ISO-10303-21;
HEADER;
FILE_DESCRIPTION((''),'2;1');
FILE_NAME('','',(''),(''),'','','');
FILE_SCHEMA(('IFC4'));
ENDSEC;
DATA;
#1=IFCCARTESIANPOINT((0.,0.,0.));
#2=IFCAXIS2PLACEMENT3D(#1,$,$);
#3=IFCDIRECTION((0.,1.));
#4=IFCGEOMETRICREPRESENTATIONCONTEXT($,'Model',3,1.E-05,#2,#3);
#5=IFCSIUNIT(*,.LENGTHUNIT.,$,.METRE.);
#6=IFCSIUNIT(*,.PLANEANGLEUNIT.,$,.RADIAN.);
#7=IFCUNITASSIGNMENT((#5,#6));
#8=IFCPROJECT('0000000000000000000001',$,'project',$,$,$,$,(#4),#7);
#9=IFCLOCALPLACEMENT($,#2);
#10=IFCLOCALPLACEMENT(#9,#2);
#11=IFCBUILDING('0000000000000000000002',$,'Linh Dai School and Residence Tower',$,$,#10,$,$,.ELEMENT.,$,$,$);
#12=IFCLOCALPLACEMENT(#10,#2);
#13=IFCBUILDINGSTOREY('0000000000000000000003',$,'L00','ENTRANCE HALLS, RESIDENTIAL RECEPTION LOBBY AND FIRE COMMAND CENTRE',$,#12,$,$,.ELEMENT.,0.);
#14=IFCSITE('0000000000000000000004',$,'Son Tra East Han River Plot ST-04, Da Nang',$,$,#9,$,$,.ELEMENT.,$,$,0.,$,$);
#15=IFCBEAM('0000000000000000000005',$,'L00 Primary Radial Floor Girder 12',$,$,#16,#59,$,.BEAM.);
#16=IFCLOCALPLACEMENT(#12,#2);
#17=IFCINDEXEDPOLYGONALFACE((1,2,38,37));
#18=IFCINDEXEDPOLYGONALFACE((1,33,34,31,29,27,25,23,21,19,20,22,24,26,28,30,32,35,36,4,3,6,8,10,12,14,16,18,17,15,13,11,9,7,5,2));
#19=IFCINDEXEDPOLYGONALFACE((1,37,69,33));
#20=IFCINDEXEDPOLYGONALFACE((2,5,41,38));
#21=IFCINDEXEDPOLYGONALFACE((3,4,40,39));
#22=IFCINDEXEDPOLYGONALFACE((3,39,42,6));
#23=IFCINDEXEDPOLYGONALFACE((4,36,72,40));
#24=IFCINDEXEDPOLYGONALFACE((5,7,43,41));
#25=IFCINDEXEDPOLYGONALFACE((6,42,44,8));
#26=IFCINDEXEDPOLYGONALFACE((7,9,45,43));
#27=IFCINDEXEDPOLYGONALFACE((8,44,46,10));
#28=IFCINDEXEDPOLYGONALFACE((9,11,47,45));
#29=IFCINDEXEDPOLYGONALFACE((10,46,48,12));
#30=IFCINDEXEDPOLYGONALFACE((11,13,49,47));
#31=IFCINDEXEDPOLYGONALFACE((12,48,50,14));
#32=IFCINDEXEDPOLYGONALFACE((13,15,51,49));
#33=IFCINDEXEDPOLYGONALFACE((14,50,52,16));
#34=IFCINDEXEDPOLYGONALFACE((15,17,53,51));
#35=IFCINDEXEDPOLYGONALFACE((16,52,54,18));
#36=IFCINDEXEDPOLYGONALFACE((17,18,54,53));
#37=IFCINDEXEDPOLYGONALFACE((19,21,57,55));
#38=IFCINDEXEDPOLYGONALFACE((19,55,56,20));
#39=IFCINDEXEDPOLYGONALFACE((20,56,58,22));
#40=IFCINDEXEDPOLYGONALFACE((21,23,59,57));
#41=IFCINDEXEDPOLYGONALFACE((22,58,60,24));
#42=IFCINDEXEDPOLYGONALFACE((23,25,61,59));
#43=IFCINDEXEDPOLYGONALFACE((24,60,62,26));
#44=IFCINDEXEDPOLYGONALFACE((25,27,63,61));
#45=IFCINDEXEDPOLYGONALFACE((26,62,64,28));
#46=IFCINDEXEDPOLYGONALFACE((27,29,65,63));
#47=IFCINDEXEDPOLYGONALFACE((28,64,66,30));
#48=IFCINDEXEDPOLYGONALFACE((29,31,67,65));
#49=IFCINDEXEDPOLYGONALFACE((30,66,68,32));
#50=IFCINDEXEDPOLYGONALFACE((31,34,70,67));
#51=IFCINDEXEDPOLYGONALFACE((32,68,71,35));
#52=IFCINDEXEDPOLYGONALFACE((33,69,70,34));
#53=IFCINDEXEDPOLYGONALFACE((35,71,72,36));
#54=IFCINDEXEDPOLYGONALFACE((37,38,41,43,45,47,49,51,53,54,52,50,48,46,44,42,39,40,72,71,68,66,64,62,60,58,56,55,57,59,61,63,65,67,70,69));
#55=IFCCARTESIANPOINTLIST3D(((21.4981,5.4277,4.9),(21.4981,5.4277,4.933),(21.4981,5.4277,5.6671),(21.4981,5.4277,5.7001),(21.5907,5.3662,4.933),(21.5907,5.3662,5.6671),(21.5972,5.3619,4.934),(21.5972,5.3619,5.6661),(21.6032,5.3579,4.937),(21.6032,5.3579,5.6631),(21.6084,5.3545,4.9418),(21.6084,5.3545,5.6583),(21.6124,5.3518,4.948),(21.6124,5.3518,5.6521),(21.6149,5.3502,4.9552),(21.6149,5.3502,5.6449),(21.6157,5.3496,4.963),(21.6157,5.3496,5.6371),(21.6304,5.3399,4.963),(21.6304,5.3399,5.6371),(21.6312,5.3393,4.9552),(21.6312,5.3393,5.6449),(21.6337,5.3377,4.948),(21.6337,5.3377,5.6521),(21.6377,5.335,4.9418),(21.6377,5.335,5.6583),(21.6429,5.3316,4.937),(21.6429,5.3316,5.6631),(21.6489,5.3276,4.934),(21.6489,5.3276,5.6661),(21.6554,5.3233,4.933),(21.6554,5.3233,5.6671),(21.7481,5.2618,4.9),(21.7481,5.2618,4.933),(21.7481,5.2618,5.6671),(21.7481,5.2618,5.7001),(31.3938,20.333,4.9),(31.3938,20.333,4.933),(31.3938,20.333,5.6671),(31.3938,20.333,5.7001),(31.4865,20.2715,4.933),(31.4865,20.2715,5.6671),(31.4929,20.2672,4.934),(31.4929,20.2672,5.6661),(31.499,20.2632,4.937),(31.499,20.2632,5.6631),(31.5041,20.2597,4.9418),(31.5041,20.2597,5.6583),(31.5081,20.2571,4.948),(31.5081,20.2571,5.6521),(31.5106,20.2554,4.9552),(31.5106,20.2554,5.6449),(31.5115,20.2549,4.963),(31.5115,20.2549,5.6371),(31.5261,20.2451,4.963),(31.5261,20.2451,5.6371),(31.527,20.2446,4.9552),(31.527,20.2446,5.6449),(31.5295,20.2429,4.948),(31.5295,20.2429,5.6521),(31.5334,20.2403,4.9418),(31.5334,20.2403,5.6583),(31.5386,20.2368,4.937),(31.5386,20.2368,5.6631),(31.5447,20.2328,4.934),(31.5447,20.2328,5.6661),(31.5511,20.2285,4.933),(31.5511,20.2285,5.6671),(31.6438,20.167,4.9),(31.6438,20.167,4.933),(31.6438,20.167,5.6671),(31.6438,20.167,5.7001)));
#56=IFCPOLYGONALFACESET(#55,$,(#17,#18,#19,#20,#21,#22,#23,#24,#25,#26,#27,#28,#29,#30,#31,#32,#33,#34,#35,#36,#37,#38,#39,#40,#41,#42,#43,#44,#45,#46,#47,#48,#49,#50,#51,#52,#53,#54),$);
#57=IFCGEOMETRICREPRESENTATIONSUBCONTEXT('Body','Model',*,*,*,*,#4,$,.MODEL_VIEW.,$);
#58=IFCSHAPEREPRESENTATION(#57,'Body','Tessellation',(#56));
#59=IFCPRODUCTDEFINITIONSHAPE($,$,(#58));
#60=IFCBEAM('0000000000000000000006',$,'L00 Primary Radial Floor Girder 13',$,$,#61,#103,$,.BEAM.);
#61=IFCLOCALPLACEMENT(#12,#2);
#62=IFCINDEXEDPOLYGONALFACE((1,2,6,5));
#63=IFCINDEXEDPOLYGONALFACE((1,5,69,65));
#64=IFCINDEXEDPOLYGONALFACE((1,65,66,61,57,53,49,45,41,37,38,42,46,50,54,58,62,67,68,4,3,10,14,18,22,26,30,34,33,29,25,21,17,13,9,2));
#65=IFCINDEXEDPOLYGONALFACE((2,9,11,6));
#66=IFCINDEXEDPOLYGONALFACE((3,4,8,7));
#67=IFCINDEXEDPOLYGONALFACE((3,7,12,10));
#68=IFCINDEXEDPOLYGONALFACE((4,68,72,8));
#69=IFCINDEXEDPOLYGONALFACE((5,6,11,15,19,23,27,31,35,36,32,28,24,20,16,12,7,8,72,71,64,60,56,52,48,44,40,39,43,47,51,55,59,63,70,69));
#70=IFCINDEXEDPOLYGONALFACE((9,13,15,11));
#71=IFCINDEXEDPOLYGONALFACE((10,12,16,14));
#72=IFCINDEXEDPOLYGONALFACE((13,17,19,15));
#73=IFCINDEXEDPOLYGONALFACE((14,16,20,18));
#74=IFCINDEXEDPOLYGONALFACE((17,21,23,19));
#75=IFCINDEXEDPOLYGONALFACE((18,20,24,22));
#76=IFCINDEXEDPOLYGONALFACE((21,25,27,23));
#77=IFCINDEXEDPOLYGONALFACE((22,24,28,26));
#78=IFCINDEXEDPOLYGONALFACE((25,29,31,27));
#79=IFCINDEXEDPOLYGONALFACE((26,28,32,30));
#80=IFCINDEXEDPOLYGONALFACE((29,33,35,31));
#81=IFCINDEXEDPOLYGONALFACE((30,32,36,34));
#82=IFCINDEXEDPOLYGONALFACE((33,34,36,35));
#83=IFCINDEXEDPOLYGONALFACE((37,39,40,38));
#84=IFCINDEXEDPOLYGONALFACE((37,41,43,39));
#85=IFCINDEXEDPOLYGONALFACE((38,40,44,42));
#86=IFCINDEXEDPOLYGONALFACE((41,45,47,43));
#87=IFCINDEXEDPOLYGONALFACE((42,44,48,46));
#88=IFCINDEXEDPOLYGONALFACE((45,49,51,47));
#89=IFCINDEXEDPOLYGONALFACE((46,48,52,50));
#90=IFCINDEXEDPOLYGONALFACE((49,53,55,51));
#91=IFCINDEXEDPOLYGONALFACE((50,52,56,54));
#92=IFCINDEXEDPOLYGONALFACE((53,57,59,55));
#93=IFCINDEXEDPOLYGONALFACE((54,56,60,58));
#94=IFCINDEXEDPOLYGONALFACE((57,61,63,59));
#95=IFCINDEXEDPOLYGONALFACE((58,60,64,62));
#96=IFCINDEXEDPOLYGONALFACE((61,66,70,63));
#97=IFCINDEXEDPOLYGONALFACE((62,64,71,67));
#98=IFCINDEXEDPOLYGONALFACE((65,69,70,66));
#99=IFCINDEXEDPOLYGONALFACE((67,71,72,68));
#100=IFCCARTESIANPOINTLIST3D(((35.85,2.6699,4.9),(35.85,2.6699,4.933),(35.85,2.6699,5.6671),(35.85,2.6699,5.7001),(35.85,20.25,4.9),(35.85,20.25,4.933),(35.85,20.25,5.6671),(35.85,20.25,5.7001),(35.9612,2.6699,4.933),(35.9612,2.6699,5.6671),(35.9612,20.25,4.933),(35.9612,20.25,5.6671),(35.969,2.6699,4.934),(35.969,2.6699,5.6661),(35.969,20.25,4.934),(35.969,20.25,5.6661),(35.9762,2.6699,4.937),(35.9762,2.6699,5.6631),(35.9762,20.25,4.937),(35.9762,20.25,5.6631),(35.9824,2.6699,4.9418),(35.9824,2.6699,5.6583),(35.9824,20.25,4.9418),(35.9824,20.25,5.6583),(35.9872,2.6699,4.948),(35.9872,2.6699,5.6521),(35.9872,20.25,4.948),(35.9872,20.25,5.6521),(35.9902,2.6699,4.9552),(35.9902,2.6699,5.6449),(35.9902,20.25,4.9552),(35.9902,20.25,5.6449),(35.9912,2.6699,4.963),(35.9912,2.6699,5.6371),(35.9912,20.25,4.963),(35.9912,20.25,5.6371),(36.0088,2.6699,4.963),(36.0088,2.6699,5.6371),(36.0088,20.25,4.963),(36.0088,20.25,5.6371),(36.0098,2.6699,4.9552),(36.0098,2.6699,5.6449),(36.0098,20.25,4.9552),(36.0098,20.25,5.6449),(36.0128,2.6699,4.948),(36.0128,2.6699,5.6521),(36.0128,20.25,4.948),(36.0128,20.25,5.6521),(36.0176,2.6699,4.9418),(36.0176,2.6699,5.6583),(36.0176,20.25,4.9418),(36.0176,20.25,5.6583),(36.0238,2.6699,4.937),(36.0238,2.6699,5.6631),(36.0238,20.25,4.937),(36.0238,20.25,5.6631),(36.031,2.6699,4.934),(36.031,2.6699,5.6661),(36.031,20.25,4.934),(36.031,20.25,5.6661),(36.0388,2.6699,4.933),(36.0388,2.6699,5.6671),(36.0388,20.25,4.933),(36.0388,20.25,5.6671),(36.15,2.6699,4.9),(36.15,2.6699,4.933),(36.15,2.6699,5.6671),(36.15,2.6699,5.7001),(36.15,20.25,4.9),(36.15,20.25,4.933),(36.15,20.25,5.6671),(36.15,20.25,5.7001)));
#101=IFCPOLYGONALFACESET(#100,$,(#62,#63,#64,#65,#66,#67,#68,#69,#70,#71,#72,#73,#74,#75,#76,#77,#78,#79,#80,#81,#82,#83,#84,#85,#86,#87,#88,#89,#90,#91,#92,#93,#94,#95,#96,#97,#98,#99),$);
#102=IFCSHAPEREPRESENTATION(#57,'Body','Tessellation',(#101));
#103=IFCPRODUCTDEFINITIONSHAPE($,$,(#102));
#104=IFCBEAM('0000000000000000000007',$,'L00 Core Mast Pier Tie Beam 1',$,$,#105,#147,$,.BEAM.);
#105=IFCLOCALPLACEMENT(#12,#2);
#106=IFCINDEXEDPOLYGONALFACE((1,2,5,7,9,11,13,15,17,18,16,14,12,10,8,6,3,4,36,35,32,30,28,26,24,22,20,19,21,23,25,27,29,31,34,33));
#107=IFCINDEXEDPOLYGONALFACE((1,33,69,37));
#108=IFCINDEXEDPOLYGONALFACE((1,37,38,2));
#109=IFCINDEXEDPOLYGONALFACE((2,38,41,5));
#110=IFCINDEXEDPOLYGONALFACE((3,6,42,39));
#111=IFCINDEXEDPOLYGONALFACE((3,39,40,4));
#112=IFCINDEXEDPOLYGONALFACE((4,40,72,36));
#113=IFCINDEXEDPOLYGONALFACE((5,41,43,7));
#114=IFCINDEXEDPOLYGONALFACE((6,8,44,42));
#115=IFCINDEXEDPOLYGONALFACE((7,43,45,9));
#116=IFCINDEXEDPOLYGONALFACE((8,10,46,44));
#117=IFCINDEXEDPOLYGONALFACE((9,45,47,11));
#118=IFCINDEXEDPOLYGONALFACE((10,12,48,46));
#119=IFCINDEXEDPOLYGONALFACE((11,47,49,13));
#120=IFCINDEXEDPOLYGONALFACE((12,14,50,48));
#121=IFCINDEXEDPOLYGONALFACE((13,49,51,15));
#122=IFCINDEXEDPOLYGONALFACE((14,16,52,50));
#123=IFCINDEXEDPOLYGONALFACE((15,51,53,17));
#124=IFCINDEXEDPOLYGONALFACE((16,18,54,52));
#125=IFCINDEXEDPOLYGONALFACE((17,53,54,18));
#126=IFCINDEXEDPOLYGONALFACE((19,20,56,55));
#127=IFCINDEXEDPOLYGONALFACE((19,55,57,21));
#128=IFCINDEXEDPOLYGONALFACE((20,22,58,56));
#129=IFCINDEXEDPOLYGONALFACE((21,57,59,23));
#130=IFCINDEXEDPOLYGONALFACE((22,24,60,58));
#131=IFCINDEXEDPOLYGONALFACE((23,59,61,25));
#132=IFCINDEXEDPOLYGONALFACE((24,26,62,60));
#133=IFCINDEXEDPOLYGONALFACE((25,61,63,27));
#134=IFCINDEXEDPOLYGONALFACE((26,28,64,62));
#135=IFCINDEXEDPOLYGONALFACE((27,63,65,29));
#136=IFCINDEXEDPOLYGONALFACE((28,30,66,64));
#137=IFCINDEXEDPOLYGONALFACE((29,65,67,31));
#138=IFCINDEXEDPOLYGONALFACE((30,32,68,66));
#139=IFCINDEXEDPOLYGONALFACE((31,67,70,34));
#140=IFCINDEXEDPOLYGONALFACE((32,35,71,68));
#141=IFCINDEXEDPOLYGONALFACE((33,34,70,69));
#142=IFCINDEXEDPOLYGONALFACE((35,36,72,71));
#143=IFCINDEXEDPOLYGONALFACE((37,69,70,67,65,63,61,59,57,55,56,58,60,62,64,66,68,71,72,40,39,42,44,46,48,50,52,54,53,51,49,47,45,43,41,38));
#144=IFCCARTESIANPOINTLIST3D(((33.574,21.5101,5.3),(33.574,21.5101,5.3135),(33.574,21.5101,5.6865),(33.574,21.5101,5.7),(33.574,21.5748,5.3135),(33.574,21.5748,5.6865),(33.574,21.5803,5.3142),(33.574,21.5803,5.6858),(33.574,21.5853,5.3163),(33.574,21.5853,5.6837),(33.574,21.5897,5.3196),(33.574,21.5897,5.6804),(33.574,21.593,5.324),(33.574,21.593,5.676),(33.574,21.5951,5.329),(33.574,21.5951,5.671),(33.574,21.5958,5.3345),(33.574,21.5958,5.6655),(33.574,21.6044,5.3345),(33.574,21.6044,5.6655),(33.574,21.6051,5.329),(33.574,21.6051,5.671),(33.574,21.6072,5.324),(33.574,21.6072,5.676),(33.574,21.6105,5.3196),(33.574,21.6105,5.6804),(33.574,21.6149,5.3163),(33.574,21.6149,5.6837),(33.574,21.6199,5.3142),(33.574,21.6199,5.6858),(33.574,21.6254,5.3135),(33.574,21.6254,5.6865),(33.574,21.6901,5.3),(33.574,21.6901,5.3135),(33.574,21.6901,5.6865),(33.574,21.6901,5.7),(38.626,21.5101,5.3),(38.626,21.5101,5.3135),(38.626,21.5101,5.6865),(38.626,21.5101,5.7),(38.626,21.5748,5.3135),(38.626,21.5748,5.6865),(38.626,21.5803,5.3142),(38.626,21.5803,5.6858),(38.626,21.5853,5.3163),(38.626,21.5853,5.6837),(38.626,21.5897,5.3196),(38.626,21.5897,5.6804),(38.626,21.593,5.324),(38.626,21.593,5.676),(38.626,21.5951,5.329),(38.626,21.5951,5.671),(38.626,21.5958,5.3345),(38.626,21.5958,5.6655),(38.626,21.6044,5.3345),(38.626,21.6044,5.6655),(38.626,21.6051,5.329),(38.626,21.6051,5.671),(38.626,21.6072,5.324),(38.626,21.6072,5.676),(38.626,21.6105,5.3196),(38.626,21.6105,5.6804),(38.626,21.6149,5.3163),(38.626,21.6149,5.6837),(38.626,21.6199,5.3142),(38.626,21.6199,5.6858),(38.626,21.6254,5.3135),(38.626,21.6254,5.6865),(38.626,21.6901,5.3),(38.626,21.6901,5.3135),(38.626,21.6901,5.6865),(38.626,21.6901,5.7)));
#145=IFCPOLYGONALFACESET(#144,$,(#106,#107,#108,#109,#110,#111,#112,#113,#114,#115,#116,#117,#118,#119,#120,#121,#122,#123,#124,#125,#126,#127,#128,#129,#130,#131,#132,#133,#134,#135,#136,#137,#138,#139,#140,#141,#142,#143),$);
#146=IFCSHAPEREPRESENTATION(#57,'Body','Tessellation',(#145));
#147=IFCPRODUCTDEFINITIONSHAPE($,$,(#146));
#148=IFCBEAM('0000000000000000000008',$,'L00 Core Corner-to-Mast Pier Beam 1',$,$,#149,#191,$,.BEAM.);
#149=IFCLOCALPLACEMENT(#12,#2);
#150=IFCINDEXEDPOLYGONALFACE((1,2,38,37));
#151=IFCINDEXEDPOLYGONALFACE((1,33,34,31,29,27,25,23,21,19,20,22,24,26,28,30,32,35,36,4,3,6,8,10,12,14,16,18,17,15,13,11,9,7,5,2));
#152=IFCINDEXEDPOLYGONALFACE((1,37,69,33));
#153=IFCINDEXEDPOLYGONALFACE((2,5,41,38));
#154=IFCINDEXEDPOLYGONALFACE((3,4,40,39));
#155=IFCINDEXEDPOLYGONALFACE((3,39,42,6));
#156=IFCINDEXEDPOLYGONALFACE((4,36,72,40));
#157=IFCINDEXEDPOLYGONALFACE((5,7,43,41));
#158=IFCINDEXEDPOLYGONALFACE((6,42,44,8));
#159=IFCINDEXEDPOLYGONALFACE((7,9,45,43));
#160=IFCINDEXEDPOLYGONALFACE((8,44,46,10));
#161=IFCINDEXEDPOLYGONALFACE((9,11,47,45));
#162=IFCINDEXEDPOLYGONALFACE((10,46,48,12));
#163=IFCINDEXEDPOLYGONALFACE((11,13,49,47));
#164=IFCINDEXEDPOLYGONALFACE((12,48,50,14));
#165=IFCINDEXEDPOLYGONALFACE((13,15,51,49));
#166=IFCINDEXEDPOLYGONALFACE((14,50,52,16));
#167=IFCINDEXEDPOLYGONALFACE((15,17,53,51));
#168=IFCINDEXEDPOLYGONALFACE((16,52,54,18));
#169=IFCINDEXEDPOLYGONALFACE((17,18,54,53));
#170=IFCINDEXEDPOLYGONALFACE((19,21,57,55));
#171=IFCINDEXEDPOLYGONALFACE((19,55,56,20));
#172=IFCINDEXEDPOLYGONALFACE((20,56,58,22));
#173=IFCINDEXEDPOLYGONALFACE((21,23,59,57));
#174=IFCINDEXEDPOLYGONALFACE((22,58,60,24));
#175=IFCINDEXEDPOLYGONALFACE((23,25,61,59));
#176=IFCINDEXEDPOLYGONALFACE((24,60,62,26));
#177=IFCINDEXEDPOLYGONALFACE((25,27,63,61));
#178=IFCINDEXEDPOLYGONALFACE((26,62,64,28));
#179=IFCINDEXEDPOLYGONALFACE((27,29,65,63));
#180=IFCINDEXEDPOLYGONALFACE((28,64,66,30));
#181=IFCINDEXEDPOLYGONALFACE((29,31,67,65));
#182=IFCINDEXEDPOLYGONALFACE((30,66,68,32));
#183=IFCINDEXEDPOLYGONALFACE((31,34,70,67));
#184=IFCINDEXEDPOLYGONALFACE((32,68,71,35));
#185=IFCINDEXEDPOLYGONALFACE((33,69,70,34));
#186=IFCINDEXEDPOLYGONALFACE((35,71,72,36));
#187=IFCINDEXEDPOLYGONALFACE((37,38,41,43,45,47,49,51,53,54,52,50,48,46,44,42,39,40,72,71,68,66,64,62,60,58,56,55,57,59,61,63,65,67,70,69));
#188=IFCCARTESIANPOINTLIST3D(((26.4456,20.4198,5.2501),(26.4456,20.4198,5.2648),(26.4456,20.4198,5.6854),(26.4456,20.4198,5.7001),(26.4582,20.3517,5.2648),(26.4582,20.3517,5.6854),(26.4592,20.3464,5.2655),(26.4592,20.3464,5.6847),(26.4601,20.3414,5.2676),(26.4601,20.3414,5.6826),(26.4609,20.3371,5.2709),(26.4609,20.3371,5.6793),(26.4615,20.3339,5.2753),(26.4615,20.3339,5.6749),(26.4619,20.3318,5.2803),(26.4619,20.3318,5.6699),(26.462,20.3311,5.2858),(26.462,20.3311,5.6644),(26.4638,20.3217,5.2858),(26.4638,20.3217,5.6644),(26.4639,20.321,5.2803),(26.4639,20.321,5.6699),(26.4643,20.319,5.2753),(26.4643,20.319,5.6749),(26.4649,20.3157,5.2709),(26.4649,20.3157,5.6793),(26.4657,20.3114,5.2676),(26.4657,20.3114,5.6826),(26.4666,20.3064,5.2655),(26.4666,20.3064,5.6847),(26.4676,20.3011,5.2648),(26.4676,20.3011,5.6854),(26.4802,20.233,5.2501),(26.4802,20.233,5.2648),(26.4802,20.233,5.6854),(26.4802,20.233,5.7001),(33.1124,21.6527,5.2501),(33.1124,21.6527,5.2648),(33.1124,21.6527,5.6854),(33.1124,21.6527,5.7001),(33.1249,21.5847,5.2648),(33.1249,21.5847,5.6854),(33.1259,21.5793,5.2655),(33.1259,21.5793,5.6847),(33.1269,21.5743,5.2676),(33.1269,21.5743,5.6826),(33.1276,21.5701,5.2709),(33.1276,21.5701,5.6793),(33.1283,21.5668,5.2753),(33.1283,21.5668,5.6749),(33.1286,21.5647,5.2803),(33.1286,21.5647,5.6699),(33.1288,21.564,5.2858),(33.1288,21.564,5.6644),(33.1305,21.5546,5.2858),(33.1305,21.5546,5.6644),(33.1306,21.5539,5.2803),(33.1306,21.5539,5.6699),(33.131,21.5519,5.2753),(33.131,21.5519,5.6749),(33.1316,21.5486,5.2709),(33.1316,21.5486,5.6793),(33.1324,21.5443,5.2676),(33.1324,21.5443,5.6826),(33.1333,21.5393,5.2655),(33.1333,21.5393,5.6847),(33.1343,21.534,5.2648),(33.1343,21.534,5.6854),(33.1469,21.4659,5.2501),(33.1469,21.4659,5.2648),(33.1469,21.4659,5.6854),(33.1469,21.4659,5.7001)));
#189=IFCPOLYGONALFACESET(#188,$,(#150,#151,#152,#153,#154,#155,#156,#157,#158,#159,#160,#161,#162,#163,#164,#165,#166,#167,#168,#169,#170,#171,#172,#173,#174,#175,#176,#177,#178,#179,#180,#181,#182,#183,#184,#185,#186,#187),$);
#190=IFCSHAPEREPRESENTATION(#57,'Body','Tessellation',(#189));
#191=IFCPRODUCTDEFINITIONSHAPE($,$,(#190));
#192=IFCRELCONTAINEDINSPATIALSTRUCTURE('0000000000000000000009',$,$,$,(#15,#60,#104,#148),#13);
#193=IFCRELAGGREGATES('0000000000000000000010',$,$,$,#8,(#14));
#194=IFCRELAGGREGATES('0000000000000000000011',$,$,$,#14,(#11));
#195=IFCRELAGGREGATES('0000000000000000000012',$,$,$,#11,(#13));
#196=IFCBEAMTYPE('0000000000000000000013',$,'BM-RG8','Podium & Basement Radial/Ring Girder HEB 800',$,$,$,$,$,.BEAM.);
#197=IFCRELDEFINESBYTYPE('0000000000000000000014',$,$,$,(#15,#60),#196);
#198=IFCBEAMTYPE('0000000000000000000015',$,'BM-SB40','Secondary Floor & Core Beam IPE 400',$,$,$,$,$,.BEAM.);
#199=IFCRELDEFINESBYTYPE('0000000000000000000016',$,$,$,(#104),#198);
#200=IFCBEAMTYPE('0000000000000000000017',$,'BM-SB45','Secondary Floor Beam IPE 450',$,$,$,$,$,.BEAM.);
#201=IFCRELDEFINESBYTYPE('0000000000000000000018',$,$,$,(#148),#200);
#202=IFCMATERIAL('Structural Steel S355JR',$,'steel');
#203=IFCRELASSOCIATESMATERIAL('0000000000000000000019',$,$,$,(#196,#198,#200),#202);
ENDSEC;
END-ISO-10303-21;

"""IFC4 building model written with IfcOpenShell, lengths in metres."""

from ifc_helpers import new_model, si_unit, direction, frame, origin, origin_2d, place, context, subcontext, project, spatial, i_section, extrude, material, material_profile, profile_set, type_object, element, save


model = new_model("IFC4")

# Units and contexts
model_context = context("Model", 3, precision=1e-05, world=origin(), true_north=direction((0.0, 1.0)))
body_context = subcontext(model_context, "Body", "Model", "MODEL_VIEW")
ifc_project = project(units=[si_unit("LENGTHUNIT", "METRE"), si_unit("PLANEANGLEUNIT", "RADIAN")], contexts=[model_context])

# Site, building, storey
site_placement = place(None, origin())
site = spatial("IfcSite", under=ifc_project, at=site_placement, Name="Son Tra East Han River Plot ST-04, Da Nang", CompositionType="ELEMENT", RefElevation=0.0)
building_placement = place(site_placement, origin())
building = spatial("IfcBuilding", under=site, at=building_placement, Name="Linh Dai School and Residence Tower", CompositionType="ELEMENT")
storey_placement = place(building_placement, origin())
storey = spatial("IfcBuildingStorey", under=building, at=storey_placement, Name="L00", Description="ENTRANCE HALLS, RESIDENTIAL RECEPTION LOBBY AND FIRE COMMAND CENTRE", CompositionType="ELEMENT", Elevation=0.0)

# Shared definitions
ifc_material_1 = material(Name="Structural Steel S355JR", Category="steel")

# Beams
ifc_material_profile_1 = material_profile(ifc_material_1, i_section(OverallWidth=0.3, OverallDepth=0.8, WebThickness=0.0176, FlangeThickness=0.033, FilletRadius=0.03, at=origin_2d()), Name="HEB 800")
ifc_profile_set_1 = profile_set([ifc_material_profile_1], Name="Structural Steel S355JR")
beam_type_1 = type_object("IfcBeamType", Name="BM-RG8", Description="Podium & Basement Radial/Ring Girder HEB 800", PredefinedType="BEAM", material=ifc_profile_set_1)
beam_1_placement = place(storey_placement, frame((31.5188, 20.25, 5.3), z_axis=(-0.553109, -0.833109, 0.0), x_axis=(0.833109, -0.553109, 0.0)))
element("IfcBeam", 1, at=beam_1_placement, inside=storey, type_object=beam_type_1, Name="L00 Primary Radial Floor Girder 12", PredefinedType="BEAM", context=body_context, shape_type="SweptSolid", body=[
    extrude(i_section(OverallWidth=0.3, OverallDepth=0.8, WebThickness=0.0176, FlangeThickness=0.033, FilletRadius=0.03, at=origin_2d()), origin(), (0.0, 0.0, 1.0), 17.8911),
])
beam_2_placement = place(storey_placement, frame((36.0, 20.25, 5.3), z_axis=(0.0, -1.0, 0.0), x_axis=(1.0, 0.0, 0.0)))
element("IfcBeam", 2, at=beam_2_placement, inside=storey, type_object=beam_type_1, Name="L00 Primary Radial Floor Girder 13", PredefinedType="BEAM", context=body_context, shape_type="SweptSolid", body=[
    extrude(i_section(OverallWidth=0.3, OverallDepth=0.8, WebThickness=0.0176, FlangeThickness=0.033, FilletRadius=0.03, at=origin_2d()), origin(), (0.0, 0.0, 1.0), 17.5801),
])
ifc_material_profile_2 = material_profile(ifc_material_1, i_section(OverallWidth=0.1799, OverallDepth=0.3999, WebThickness=0.0085, FlangeThickness=0.0134, FilletRadius=0.021, at=origin_2d()), Name="IPE 400")
ifc_profile_set_2 = profile_set([ifc_material_profile_2], Name="Structural Steel S355JR")
beam_type_2 = type_object("IfcBeamType", Name="BM-SB40", Description="Secondary Floor & Core Beam IPE 400", PredefinedType="BEAM", material=ifc_profile_set_2)
beam_3_placement = place(storey_placement, frame((33.574, 21.6001, 5.5), z_axis=(1.0, 0.0, 0.0), x_axis=(0.0, 1.0, 0.0)))
element("IfcBeam", 3, at=beam_3_placement, inside=storey, type_object=beam_type_2, Name="L00 Core Mast Pier Tie Beam 1", PredefinedType="BEAM", context=body_context, shape_type="SweptSolid", body=[
    extrude(i_section(OverallWidth=0.1799, OverallDepth=0.3999, WebThickness=0.0085, FlangeThickness=0.0134, FilletRadius=0.021, at=origin_2d()), origin(), (0.0, 0.0, 1.0), 5.052),
])
ifc_material_profile_3 = material_profile(ifc_material_1, i_section(OverallWidth=0.1899, OverallDepth=0.45, WebThickness=0.0095, FlangeThickness=0.0146, FilletRadius=0.021, at=origin_2d()), Name="IPE 450")
ifc_profile_set_3 = profile_set([ifc_material_profile_3], Name="Structural Steel S355JR")
beam_type_3 = type_object("IfcBeamType", Name="BM-SB45", Description="Secondary Floor Beam IPE 450", PredefinedType="BEAM", material=ifc_profile_set_3)
beam_4_placement = place(storey_placement, frame((26.4629, 20.3264, 5.4751), z_axis=(0.983326, 0.181851, 0.0), x_axis=(-0.181851, 0.983326, 0.0)))
element("IfcBeam", 4, at=beam_4_placement, inside=storey, type_object=beam_type_3, Name="L00 Core Corner-to-Mast Pier Beam 1", PredefinedType="BEAM", context=body_context, shape_type="SweptSolid", body=[
    extrude(i_section(OverallWidth=0.1899, OverallDepth=0.45, WebThickness=0.0095, FlangeThickness=0.0146, FilletRadius=0.021, at=origin_2d()), origin(), (0.0, 0.0, 1.0), 6.7798),
])

save(model, "model.ifc")
